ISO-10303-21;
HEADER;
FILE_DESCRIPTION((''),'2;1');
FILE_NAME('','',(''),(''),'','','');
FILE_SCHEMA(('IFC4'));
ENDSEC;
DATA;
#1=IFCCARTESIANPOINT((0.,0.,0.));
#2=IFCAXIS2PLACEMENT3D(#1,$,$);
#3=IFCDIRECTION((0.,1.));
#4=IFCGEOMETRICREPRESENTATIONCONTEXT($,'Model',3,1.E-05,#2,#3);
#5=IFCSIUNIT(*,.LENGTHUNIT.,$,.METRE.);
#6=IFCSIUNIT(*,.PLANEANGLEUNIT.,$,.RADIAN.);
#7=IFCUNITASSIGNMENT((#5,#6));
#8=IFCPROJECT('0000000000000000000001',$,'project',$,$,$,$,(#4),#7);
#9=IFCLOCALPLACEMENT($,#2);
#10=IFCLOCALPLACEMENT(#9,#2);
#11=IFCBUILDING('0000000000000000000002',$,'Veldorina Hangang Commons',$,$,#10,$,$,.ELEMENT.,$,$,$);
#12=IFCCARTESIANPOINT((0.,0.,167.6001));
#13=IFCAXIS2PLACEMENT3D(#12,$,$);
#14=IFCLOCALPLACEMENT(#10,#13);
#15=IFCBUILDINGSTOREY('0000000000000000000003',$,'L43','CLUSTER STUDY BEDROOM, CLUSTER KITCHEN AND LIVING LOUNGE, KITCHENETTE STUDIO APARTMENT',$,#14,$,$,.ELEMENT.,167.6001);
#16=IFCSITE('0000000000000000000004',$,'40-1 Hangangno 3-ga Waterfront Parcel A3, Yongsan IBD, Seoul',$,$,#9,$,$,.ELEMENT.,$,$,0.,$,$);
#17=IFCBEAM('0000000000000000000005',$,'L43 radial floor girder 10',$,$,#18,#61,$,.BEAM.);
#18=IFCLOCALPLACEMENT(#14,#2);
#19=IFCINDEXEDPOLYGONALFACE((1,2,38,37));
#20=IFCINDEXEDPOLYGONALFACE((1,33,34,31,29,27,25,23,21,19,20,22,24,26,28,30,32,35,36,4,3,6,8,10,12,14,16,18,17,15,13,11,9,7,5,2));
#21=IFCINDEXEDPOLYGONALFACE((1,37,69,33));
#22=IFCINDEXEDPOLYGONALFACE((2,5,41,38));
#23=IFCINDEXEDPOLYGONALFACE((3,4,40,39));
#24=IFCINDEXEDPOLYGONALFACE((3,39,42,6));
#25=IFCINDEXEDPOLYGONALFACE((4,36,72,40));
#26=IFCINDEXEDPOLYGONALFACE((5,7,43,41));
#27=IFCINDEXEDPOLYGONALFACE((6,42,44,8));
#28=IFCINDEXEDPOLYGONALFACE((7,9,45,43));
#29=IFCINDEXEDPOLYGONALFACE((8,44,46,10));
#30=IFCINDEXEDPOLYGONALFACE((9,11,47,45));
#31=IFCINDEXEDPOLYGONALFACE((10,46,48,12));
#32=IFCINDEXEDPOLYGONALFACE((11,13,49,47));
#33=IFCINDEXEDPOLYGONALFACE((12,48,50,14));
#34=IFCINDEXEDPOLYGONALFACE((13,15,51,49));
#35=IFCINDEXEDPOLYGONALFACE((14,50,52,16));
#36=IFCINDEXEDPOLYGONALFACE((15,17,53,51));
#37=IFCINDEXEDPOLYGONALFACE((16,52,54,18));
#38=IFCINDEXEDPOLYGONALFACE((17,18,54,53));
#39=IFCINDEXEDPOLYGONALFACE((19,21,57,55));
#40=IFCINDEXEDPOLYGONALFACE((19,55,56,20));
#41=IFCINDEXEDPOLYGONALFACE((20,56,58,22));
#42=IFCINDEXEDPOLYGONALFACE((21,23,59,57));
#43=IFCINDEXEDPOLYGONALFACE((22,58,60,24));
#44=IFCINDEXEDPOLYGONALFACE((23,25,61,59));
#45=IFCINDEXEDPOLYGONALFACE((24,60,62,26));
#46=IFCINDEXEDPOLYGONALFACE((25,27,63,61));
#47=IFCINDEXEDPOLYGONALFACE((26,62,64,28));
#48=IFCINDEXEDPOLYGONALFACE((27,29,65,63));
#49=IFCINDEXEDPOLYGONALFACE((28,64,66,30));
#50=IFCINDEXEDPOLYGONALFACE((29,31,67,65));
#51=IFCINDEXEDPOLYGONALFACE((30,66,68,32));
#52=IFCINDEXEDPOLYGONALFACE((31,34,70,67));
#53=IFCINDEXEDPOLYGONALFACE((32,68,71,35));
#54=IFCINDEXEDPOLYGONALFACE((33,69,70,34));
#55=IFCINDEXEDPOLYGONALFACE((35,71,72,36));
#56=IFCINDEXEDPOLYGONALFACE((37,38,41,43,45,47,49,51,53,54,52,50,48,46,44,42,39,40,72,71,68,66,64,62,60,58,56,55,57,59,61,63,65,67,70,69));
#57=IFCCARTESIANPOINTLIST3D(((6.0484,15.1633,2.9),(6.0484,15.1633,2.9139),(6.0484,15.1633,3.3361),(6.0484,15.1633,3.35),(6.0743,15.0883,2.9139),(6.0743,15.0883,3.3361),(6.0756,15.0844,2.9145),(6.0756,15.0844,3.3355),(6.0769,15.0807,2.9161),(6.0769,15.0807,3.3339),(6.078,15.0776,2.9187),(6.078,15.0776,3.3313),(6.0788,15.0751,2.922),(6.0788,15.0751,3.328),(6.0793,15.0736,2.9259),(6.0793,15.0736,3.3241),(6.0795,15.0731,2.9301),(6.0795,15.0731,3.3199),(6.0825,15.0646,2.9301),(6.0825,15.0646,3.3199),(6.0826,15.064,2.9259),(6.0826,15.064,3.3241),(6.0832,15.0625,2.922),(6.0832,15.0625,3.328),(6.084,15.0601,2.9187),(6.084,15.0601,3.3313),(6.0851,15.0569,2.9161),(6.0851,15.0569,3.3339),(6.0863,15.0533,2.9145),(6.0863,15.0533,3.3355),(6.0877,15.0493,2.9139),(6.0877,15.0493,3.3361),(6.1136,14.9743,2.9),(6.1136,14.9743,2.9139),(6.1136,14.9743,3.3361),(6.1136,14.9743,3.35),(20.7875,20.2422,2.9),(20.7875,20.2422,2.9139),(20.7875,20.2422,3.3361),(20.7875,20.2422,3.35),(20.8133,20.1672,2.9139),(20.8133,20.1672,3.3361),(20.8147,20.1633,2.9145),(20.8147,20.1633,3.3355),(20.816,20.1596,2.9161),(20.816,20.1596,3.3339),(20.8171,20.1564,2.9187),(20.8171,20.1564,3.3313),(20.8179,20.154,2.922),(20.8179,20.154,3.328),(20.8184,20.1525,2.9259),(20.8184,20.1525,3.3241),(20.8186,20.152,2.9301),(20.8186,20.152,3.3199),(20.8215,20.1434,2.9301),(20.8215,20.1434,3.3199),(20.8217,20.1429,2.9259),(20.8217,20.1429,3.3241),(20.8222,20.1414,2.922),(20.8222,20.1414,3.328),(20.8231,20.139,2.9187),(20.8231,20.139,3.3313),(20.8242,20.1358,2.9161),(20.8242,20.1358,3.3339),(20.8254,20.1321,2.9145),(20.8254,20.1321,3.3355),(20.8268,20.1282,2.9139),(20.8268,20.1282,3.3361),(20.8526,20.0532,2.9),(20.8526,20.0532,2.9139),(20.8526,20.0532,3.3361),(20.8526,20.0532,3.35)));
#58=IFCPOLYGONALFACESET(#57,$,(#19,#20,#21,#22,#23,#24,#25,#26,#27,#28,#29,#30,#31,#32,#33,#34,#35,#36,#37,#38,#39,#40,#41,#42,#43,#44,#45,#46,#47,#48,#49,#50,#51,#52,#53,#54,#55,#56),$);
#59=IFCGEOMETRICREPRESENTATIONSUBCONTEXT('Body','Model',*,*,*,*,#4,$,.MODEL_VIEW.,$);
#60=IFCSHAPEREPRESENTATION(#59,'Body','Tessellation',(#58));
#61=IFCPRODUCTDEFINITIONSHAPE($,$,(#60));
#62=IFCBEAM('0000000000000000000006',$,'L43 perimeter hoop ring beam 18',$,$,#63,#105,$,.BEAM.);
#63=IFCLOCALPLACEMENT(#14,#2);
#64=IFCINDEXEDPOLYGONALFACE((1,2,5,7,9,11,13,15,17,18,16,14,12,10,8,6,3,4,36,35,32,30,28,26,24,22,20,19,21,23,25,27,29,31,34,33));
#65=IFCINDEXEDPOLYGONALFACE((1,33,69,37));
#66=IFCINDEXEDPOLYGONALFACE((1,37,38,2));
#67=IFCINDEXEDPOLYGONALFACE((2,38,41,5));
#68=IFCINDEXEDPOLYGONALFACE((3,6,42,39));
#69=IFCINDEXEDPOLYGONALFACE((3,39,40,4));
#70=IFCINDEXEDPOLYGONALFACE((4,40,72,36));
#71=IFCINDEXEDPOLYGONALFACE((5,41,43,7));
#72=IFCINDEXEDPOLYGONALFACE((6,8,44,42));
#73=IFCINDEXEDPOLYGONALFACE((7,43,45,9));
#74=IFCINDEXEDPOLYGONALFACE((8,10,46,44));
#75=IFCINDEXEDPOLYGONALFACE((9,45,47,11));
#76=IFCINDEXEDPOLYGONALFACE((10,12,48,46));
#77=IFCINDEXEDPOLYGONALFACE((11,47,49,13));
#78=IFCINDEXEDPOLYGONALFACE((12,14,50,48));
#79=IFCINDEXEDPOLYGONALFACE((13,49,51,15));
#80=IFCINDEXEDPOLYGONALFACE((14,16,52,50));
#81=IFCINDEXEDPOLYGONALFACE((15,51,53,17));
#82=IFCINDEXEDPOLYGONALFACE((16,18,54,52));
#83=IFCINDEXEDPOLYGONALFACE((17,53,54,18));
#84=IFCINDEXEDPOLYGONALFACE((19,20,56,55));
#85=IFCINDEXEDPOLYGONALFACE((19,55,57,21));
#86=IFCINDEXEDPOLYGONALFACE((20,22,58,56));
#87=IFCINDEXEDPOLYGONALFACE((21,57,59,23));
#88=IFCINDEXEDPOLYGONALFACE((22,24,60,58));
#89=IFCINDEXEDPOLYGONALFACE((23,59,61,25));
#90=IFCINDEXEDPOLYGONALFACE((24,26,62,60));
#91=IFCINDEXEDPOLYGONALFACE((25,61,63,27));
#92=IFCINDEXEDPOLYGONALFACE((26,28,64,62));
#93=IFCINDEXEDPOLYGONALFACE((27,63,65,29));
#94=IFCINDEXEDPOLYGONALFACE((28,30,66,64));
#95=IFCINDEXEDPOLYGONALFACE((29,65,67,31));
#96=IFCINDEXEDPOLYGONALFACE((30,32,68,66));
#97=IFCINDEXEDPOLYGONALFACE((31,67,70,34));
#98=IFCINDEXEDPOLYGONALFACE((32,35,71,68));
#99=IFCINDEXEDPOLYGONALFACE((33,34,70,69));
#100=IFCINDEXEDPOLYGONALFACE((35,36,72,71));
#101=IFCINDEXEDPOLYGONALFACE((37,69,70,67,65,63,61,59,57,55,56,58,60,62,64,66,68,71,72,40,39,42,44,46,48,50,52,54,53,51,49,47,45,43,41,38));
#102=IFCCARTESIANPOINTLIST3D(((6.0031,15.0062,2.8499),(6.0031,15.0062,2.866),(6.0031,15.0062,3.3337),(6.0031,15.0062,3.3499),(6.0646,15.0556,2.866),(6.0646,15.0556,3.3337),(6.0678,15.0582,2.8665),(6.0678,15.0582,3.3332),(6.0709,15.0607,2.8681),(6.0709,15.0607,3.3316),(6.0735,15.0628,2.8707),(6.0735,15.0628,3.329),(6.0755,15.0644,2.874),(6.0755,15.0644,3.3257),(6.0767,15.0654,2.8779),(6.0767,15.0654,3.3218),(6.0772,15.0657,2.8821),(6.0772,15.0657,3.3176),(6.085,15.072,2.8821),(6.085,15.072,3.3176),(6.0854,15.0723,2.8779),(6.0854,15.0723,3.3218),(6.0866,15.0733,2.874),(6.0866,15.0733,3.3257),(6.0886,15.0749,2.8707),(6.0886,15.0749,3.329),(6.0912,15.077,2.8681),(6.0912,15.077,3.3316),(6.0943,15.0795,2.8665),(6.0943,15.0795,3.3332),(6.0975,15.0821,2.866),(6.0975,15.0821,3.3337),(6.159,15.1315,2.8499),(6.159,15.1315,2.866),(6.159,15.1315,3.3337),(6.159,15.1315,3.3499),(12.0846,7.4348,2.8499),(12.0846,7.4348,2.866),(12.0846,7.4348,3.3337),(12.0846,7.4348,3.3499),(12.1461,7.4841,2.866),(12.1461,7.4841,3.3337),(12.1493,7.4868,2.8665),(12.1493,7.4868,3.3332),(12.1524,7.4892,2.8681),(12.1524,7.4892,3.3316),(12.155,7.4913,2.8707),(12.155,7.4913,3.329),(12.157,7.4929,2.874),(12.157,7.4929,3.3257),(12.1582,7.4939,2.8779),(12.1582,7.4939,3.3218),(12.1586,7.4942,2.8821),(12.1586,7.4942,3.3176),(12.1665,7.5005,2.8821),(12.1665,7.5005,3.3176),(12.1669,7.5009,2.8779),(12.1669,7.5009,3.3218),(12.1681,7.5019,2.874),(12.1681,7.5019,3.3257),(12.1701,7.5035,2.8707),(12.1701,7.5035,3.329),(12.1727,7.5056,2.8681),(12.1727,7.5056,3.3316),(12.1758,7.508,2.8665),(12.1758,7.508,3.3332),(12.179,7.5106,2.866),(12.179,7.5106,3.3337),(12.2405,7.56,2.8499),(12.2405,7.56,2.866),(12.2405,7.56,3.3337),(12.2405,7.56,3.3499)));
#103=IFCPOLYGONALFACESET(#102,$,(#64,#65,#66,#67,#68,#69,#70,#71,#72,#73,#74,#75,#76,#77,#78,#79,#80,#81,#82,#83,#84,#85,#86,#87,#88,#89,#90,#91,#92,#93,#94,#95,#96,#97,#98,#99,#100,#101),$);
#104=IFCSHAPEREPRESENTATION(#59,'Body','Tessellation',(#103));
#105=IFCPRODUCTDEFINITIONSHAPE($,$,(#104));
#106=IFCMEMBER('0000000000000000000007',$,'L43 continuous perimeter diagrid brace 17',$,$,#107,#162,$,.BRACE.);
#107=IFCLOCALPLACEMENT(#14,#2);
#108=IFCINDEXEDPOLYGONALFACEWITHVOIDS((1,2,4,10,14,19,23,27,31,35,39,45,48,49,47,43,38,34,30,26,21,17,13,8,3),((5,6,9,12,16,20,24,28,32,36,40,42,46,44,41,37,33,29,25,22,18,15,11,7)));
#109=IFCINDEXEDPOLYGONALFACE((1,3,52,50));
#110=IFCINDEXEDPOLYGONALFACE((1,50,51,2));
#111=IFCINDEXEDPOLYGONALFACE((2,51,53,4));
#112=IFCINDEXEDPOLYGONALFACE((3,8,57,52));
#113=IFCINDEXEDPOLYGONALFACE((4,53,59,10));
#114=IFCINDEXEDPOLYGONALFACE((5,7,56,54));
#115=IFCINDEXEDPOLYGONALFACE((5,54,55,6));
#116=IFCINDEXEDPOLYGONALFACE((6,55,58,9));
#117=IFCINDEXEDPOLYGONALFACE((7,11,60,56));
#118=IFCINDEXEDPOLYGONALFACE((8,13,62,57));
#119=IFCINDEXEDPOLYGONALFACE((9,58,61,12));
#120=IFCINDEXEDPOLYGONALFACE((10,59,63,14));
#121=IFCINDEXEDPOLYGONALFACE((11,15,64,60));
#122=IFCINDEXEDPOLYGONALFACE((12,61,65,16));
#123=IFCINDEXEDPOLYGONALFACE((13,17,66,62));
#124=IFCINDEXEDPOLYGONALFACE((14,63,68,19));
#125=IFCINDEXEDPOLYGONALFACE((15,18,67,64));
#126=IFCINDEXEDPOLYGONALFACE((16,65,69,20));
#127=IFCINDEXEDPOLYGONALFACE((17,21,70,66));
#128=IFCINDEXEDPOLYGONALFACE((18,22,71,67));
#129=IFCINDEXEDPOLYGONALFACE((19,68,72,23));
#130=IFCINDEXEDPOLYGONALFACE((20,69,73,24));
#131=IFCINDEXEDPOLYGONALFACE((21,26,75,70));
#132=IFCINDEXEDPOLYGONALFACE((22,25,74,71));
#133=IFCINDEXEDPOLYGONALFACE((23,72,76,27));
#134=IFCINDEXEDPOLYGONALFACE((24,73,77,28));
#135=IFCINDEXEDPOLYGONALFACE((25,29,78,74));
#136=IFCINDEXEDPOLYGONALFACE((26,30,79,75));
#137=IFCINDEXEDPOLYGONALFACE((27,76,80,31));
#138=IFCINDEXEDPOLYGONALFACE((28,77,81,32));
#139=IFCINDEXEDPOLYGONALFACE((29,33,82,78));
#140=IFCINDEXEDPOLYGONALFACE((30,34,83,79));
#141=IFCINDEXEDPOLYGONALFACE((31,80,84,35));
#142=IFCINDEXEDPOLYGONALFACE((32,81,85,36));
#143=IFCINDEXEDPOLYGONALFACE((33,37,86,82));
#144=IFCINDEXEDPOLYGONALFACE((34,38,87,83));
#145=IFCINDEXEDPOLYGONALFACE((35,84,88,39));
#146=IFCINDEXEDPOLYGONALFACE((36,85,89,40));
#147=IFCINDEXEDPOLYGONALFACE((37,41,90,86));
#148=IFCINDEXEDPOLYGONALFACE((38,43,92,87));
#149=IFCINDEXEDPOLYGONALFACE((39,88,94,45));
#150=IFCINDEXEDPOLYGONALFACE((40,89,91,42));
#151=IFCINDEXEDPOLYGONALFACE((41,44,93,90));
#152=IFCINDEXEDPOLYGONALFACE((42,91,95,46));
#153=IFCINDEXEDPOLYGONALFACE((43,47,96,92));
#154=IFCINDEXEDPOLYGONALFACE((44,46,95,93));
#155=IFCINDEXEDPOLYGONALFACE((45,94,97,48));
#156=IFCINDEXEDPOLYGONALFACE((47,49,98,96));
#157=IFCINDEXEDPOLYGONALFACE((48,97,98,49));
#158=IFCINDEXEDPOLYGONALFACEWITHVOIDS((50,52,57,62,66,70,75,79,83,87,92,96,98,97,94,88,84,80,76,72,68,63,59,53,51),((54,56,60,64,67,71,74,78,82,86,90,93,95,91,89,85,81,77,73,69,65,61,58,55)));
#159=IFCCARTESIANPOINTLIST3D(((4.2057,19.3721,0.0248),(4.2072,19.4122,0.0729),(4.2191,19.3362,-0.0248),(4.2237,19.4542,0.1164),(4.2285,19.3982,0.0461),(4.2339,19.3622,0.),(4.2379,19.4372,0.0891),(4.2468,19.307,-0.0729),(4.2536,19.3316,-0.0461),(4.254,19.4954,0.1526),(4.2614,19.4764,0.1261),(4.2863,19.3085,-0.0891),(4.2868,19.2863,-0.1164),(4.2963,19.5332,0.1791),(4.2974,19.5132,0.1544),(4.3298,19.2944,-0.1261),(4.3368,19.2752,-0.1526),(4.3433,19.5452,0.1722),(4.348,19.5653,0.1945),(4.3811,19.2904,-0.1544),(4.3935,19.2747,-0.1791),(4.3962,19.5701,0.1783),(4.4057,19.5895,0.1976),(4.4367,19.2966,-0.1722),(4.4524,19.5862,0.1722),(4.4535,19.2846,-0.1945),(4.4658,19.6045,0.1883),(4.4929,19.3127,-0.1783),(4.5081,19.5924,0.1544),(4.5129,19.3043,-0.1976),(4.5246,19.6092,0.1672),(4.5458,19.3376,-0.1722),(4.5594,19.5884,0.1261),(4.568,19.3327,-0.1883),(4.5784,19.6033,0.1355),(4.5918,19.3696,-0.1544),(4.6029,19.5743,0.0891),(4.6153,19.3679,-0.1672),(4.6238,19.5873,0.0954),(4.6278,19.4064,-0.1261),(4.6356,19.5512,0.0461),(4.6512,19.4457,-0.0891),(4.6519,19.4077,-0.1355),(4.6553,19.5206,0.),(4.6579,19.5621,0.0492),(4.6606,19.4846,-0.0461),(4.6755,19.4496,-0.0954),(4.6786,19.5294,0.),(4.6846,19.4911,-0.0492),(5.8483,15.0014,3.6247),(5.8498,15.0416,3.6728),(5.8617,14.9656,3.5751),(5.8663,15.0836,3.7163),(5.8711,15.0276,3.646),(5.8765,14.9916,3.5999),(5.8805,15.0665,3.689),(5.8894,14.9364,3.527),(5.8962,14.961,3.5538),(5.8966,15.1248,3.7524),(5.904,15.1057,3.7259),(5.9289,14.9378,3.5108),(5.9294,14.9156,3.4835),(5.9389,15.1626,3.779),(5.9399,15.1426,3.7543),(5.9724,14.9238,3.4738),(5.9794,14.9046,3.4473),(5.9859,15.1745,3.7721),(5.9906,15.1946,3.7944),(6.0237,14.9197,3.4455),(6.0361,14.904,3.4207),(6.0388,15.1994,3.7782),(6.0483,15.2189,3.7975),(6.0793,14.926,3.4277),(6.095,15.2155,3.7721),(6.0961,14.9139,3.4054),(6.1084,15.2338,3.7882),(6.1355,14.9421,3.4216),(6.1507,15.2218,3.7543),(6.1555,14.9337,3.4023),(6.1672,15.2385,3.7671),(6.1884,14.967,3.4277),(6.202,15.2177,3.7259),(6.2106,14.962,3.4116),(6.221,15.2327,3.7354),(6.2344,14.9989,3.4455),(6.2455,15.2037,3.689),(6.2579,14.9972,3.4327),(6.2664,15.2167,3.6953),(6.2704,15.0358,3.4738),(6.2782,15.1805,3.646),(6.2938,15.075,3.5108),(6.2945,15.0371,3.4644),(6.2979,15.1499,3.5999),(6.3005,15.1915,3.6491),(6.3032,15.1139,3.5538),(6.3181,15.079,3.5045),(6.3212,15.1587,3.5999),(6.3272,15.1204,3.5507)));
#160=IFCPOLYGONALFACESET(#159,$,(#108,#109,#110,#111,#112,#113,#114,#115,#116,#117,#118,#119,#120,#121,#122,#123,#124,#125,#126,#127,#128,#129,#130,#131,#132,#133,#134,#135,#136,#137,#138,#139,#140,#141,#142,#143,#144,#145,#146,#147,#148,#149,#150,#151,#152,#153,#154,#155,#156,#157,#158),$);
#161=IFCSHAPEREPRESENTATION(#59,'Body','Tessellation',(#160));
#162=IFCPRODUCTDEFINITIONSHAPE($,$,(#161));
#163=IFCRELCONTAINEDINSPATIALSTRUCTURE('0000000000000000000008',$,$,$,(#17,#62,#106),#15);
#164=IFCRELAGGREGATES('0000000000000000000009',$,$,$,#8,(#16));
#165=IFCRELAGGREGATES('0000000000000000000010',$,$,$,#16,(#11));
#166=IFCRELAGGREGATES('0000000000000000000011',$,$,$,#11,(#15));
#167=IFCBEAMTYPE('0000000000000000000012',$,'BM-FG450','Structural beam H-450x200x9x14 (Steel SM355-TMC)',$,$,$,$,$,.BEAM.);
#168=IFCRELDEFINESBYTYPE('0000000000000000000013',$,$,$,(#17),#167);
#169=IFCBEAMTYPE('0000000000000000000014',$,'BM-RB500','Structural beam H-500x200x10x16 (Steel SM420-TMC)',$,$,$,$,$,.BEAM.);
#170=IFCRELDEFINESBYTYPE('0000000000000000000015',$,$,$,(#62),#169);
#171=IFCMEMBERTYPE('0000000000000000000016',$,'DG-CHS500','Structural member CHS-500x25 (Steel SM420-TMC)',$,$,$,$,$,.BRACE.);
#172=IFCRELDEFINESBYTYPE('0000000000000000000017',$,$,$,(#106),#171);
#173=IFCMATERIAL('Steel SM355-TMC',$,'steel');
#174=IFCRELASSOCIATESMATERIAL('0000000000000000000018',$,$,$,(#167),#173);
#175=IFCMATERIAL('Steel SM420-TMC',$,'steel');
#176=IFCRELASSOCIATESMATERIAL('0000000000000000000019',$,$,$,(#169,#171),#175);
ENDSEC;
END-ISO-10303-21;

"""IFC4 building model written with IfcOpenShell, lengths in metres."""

from ifc_helpers import new_model, si_unit, direction, frame, origin, origin_2d, place, context, subcontext, project, spatial, hollow_circle, i_section, extrude, material, material_profile, profile_set, type_object, element, save


model = new_model("IFC4")

# Units and contexts
model_context = context("Model", 3, precision=1e-05, world=origin(), true_north=direction((0.0, 1.0)))
body_context = subcontext(model_context, "Body", "Model", "MODEL_VIEW")
ifc_project = project(units=[si_unit("LENGTHUNIT", "METRE"), si_unit("PLANEANGLEUNIT", "RADIAN")], contexts=[model_context])

# Site, building, storey
site_placement = place(None, origin())
site = spatial("IfcSite", under=ifc_project, at=site_placement, Name="40-1 Hangangno 3-ga Waterfront Parcel A3, Yongsan IBD, Seoul", CompositionType="ELEMENT", RefElevation=0.0)
building_placement = place(site_placement, origin())
building = spatial("IfcBuilding", under=site, at=building_placement, Name="Veldorina Hangang Commons", CompositionType="ELEMENT")
storey_placement = place(building_placement, frame((0.0, 0.0, 167.6001)))
storey = spatial("IfcBuildingStorey", under=building, at=storey_placement, Name="L43", Description="CLUSTER STUDY BEDROOM, CLUSTER KITCHEN AND LIVING LOUNGE, KITCHENETTE STUDIO APARTMENT", CompositionType="ELEMENT", Elevation=167.6001)

# Beams
ifc_material_1 = material(Name="Steel SM355-TMC", Category="steel")
ifc_material_profile_1 = material_profile(ifc_material_1, i_section(OverallWidth=0.2, OverallDepth=0.45, WebThickness=0.009, FlangeThickness=0.0139, FilletRadius=0.0161, at=origin_2d()), Name="H-450x200x9x14")
ifc_profile_set_1 = profile_set([ifc_material_profile_1], Name="Steel SM355-TMC")
beam_type_1 = type_object("IfcBeamType", Name="BM-FG450", Description="Structural beam H-450x200x9x14 (Steel SM355-TMC)", PredefinedType="BEAM", material=ifc_profile_set_1)
beam_1_placement = place(storey_placement, frame((20.8201, 20.1477, 3.125), z_axis=(-0.945443, -0.325787, 0.0), x_axis=(0.325787, -0.945443, 0.0)))
element("IfcBeam", 1, at=beam_1_placement, inside=storey, type_object=beam_type_1, Name="L43 radial floor girder 10", PredefinedType="BEAM", context=body_context, shape_type="SweptSolid", body=[
    extrude(i_section(OverallWidth=0.2, OverallDepth=0.45, WebThickness=0.009, FlangeThickness=0.0139, FilletRadius=0.0161, at=origin_2d()), origin(), (0.0, 0.0, 1.0), 15.5896),
])
ifc_material_2 = material(Name="Steel SM420-TMC", Category="steel")
ifc_material_profile_2 = material_profile(ifc_material_2, i_section(OverallWidth=0.2, OverallDepth=0.5, WebThickness=0.01, FlangeThickness=0.0161, FilletRadius=0.0161, at=origin_2d()), Name="H-500x200x10x16")
ifc_profile_set_2 = profile_set([ifc_material_profile_2], Name="Steel SM420-TMC")
beam_type_2 = type_object("IfcBeamType", Name="BM-RB500", Description="Structural beam H-500x200x10x16 (Steel SM420-TMC)", PredefinedType="BEAM", material=ifc_profile_set_2)
beam_2_placement = place(storey_placement, frame((6.0811, 15.0688, 3.0999), z_axis=(0.626221, -0.779646, 0.0), x_axis=(0.779646, 0.626221, 0.0)))
element("IfcBeam", 2, at=beam_2_placement, inside=storey, type_object=beam_type_2, Name="L43 perimeter hoop ring beam 18", PredefinedType="BEAM", context=body_context, shape_type="SweptSolid", body=[
    extrude(i_section(OverallWidth=0.2, OverallDepth=0.5, WebThickness=0.01, FlangeThickness=0.0161, FilletRadius=0.0161, at=origin_2d()), origin(), (0.0, 0.0, 1.0), 9.7114),
])

# Member
ifc_material_profile_3 = material_profile(ifc_material_2, hollow_circle(Radius=0.25, WallThickness=0.0249, at=origin_2d()), Name="CHS-500x25")
ifc_profile_set_3 = profile_set([ifc_material_profile_3], Name="Steel SM420-TMC")
member_type = type_object("IfcMemberType", Name="DG-CHS500", Description="Structural member CHS-500x25 (Steel SM420-TMC)", PredefinedType="BRACE", material=ifc_profile_set_3)
member_1_placement = place(storey_placement, frame((4.4446, 19.4414, 0.0), z_axis=(0.278606, -0.741322, 0.61059), x_axis=(0.936075, 0.3518, 0.0)))
element("IfcMember", 3, at=member_1_placement, inside=storey, type_object=member_type, Name="L43 continuous perimeter diagrid brace 17", PredefinedType="BRACE", context=body_context, shape_type="SweptSolid", body=[
    extrude(hollow_circle(Radius=0.25, WallThickness=0.0249, at=origin_2d()), origin(), (0.0, 0.0, 1.0), 5.8958),
])

save(model, "model.ifc")
